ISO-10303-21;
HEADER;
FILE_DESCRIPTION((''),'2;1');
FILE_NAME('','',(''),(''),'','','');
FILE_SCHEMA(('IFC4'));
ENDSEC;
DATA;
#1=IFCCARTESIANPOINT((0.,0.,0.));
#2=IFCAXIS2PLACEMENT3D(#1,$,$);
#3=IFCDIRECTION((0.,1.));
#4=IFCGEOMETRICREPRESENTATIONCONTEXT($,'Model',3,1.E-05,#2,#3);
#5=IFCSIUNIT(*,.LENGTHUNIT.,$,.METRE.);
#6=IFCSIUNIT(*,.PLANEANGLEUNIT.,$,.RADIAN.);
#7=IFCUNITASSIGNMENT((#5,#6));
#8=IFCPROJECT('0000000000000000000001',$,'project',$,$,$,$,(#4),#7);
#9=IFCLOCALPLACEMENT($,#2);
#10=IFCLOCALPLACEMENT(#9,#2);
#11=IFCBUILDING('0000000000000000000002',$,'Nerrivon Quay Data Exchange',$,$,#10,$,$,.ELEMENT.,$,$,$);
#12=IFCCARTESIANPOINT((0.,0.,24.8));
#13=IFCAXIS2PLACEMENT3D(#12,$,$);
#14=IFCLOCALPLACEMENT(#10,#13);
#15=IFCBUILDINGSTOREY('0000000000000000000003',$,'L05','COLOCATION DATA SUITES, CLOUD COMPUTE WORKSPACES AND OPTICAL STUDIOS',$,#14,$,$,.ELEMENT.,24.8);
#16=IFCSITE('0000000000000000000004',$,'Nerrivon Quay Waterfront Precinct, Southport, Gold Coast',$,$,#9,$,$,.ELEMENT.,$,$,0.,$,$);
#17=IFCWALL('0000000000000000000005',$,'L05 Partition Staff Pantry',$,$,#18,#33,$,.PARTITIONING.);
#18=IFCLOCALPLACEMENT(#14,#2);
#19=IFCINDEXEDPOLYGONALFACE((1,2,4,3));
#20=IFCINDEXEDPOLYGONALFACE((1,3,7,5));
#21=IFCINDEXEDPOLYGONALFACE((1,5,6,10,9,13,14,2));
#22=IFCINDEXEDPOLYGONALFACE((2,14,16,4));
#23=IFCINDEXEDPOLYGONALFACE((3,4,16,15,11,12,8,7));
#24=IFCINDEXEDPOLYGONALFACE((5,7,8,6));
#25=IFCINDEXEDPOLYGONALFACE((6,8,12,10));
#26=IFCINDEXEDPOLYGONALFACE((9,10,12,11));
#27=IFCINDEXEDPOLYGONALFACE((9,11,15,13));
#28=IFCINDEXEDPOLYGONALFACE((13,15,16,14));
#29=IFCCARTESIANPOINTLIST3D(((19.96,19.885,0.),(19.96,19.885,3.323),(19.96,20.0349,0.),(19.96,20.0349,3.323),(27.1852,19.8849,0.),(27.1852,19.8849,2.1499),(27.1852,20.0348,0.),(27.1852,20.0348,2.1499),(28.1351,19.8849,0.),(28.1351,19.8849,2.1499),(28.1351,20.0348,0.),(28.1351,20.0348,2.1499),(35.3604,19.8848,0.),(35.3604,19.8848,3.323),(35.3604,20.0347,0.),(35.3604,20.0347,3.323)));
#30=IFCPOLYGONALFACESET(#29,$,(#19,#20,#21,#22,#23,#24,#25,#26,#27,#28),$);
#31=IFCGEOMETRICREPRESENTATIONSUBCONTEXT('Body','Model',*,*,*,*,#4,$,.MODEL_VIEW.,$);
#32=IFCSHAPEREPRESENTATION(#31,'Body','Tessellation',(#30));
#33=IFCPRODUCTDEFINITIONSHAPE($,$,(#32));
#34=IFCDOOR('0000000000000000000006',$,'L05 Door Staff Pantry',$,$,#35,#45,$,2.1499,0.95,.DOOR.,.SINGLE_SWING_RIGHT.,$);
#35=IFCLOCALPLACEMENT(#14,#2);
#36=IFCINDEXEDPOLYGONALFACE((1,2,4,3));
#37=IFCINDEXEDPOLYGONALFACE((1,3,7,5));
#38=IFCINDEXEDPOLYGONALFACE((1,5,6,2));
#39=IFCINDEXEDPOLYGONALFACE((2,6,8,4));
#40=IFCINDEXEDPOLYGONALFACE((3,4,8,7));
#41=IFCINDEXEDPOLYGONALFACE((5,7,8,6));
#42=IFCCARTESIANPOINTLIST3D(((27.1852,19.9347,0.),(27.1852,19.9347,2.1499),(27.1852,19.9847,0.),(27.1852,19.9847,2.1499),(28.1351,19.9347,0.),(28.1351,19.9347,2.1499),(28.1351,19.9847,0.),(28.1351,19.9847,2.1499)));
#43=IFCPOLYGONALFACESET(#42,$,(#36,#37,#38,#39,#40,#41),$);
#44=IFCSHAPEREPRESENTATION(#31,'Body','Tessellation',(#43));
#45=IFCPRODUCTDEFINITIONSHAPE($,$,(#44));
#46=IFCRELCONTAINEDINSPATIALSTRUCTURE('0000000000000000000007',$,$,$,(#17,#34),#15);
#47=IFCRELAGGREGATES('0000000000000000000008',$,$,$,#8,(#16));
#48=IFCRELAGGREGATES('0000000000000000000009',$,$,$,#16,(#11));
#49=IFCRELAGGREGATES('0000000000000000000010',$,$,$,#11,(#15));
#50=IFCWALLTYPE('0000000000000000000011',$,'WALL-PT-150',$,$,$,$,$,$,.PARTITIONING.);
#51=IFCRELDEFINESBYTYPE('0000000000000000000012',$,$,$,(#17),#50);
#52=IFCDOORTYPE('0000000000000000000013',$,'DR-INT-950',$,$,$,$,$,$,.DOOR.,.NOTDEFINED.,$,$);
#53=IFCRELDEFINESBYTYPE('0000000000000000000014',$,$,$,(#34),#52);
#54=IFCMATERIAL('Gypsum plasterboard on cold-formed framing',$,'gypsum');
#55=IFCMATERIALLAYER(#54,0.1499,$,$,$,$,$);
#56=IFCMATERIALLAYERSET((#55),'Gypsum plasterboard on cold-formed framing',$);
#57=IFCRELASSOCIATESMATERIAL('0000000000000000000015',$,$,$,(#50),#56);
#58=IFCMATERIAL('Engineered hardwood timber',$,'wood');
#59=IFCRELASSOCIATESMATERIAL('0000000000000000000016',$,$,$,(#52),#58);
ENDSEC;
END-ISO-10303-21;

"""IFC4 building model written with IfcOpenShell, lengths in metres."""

from ifc_helpers import new_model, si_unit, direction, frame, frame_2d, origin, place, context, subcontext, project, spatial, rectangle, extrude, material, layer, layer_set, type_object, element, fill, save


model = new_model("IFC4")

# Units and contexts
model_context = context("Model", 3, precision=1e-05, world=origin(), true_north=direction((0.0, 1.0)))
body_context = subcontext(model_context, "Body", "Model", "MODEL_VIEW")
ifc_project = project(units=[si_unit("LENGTHUNIT", "METRE"), si_unit("PLANEANGLEUNIT", "RADIAN")], contexts=[model_context])

# Site, building, storey
site_placement = place(None, origin())
site = spatial("IfcSite", under=ifc_project, at=site_placement, Name="Nerrivon Quay Waterfront Precinct, Southport, Gold Coast", CompositionType="ELEMENT", RefElevation=0.0)
building_placement = place(site_placement, origin())
building = spatial("IfcBuilding", under=site, at=building_placement, Name="Nerrivon Quay Data Exchange", CompositionType="ELEMENT")
storey_placement = place(building_placement, frame((0.0, 0.0, 24.8)))
storey = spatial("IfcBuildingStorey", under=building, at=storey_placement, Name="L05", Description="COLOCATION DATA SUITES, CLOUD COMPUTE WORKSPACES AND OPTICAL STUDIOS", CompositionType="ELEMENT", Elevation=24.8)

# Shared definitions
ifc_material_1 = material(Name="Gypsum plasterboard on cold-formed framing", Category="gypsum")

# Shared definitions
ifc_material_2 = material(Name="Engineered hardwood timber", Category="wood")

# Wall, opening, door
ifc_layer_1 = layer(ifc_material_1, 0.1499)
ifc_layer_set_1 = layer_set([ifc_layer_1], Name="Gypsum plasterboard on cold-formed framing")
wall_type_1 = type_object("IfcWallType", Name="WALL-PT-150", PredefinedType="PARTITIONING", material=ifc_layer_set_1)
wall_1_placement = place(storey_placement, frame((19.96, 19.96, 0.0), z_axis=(0.0, 0.0, 1.0), x_axis=(1.0, -0.000016, 0.0)))
wall_1 = element("IfcWall", 1, at=wall_1_placement, inside=storey, type_object=wall_type_1, Name="L05 Partition Staff Pantry", PredefinedType="PARTITIONING", context=body_context, shape_type="SweptSolid", body=[
    extrude(rectangle(XDim=15.4004, YDim=0.1499, at=frame_2d((7.7002, 0.0))), origin(), (0.0, 0.0, 1.0), 3.323),
])
opening_1_placement = place(wall_1_placement, frame((7.2251, 0.0, 0.0)))
opening_1 = element("IfcOpeningElement", 2, at=opening_1_placement, cuts=wall_1, PredefinedType="OPENING", context=body_context, shape_type="SweptSolid", body=[
    extrude(rectangle(XDim=0.95, YDim=2.1499, at=frame_2d((0.4751, 1.075))), frame((0.0, 0.085, 0.0), z_axis=(0.0, -1.0, 0.0), x_axis=(1.0, 0.0, 0.0)), (0.0, 0.0, 1.0), 0.1699),
])
door_type_1 = type_object("IfcDoorType", Name="DR-INT-950", OperationType="NOTDEFINED", PredefinedType="DOOR", material=ifc_material_2)
door_1_placement = place(opening_1_placement, origin())
door_1 = element("IfcDoor", 3, at=door_1_placement, inside=storey, type_object=door_type_1, Name="L05 Door Staff Pantry", OperationType="SINGLE_SWING_RIGHT", OverallHeight=2.1499, OverallWidth=0.95, PredefinedType="DOOR", context=body_context, shape_type="SweptSolid", body=[
    extrude(rectangle(XDim=0.95, YDim=2.1499, at=frame_2d((0.4751, 1.075))), frame((0.0, 0.0249, 0.0), z_axis=(0.0, -1.0, 0.0), x_axis=(1.0, 0.0, 0.0)), (0.0, 0.0, 1.0), 0.05),
])
fill(opening_1, door_1)

save(model, "model.ifc")
